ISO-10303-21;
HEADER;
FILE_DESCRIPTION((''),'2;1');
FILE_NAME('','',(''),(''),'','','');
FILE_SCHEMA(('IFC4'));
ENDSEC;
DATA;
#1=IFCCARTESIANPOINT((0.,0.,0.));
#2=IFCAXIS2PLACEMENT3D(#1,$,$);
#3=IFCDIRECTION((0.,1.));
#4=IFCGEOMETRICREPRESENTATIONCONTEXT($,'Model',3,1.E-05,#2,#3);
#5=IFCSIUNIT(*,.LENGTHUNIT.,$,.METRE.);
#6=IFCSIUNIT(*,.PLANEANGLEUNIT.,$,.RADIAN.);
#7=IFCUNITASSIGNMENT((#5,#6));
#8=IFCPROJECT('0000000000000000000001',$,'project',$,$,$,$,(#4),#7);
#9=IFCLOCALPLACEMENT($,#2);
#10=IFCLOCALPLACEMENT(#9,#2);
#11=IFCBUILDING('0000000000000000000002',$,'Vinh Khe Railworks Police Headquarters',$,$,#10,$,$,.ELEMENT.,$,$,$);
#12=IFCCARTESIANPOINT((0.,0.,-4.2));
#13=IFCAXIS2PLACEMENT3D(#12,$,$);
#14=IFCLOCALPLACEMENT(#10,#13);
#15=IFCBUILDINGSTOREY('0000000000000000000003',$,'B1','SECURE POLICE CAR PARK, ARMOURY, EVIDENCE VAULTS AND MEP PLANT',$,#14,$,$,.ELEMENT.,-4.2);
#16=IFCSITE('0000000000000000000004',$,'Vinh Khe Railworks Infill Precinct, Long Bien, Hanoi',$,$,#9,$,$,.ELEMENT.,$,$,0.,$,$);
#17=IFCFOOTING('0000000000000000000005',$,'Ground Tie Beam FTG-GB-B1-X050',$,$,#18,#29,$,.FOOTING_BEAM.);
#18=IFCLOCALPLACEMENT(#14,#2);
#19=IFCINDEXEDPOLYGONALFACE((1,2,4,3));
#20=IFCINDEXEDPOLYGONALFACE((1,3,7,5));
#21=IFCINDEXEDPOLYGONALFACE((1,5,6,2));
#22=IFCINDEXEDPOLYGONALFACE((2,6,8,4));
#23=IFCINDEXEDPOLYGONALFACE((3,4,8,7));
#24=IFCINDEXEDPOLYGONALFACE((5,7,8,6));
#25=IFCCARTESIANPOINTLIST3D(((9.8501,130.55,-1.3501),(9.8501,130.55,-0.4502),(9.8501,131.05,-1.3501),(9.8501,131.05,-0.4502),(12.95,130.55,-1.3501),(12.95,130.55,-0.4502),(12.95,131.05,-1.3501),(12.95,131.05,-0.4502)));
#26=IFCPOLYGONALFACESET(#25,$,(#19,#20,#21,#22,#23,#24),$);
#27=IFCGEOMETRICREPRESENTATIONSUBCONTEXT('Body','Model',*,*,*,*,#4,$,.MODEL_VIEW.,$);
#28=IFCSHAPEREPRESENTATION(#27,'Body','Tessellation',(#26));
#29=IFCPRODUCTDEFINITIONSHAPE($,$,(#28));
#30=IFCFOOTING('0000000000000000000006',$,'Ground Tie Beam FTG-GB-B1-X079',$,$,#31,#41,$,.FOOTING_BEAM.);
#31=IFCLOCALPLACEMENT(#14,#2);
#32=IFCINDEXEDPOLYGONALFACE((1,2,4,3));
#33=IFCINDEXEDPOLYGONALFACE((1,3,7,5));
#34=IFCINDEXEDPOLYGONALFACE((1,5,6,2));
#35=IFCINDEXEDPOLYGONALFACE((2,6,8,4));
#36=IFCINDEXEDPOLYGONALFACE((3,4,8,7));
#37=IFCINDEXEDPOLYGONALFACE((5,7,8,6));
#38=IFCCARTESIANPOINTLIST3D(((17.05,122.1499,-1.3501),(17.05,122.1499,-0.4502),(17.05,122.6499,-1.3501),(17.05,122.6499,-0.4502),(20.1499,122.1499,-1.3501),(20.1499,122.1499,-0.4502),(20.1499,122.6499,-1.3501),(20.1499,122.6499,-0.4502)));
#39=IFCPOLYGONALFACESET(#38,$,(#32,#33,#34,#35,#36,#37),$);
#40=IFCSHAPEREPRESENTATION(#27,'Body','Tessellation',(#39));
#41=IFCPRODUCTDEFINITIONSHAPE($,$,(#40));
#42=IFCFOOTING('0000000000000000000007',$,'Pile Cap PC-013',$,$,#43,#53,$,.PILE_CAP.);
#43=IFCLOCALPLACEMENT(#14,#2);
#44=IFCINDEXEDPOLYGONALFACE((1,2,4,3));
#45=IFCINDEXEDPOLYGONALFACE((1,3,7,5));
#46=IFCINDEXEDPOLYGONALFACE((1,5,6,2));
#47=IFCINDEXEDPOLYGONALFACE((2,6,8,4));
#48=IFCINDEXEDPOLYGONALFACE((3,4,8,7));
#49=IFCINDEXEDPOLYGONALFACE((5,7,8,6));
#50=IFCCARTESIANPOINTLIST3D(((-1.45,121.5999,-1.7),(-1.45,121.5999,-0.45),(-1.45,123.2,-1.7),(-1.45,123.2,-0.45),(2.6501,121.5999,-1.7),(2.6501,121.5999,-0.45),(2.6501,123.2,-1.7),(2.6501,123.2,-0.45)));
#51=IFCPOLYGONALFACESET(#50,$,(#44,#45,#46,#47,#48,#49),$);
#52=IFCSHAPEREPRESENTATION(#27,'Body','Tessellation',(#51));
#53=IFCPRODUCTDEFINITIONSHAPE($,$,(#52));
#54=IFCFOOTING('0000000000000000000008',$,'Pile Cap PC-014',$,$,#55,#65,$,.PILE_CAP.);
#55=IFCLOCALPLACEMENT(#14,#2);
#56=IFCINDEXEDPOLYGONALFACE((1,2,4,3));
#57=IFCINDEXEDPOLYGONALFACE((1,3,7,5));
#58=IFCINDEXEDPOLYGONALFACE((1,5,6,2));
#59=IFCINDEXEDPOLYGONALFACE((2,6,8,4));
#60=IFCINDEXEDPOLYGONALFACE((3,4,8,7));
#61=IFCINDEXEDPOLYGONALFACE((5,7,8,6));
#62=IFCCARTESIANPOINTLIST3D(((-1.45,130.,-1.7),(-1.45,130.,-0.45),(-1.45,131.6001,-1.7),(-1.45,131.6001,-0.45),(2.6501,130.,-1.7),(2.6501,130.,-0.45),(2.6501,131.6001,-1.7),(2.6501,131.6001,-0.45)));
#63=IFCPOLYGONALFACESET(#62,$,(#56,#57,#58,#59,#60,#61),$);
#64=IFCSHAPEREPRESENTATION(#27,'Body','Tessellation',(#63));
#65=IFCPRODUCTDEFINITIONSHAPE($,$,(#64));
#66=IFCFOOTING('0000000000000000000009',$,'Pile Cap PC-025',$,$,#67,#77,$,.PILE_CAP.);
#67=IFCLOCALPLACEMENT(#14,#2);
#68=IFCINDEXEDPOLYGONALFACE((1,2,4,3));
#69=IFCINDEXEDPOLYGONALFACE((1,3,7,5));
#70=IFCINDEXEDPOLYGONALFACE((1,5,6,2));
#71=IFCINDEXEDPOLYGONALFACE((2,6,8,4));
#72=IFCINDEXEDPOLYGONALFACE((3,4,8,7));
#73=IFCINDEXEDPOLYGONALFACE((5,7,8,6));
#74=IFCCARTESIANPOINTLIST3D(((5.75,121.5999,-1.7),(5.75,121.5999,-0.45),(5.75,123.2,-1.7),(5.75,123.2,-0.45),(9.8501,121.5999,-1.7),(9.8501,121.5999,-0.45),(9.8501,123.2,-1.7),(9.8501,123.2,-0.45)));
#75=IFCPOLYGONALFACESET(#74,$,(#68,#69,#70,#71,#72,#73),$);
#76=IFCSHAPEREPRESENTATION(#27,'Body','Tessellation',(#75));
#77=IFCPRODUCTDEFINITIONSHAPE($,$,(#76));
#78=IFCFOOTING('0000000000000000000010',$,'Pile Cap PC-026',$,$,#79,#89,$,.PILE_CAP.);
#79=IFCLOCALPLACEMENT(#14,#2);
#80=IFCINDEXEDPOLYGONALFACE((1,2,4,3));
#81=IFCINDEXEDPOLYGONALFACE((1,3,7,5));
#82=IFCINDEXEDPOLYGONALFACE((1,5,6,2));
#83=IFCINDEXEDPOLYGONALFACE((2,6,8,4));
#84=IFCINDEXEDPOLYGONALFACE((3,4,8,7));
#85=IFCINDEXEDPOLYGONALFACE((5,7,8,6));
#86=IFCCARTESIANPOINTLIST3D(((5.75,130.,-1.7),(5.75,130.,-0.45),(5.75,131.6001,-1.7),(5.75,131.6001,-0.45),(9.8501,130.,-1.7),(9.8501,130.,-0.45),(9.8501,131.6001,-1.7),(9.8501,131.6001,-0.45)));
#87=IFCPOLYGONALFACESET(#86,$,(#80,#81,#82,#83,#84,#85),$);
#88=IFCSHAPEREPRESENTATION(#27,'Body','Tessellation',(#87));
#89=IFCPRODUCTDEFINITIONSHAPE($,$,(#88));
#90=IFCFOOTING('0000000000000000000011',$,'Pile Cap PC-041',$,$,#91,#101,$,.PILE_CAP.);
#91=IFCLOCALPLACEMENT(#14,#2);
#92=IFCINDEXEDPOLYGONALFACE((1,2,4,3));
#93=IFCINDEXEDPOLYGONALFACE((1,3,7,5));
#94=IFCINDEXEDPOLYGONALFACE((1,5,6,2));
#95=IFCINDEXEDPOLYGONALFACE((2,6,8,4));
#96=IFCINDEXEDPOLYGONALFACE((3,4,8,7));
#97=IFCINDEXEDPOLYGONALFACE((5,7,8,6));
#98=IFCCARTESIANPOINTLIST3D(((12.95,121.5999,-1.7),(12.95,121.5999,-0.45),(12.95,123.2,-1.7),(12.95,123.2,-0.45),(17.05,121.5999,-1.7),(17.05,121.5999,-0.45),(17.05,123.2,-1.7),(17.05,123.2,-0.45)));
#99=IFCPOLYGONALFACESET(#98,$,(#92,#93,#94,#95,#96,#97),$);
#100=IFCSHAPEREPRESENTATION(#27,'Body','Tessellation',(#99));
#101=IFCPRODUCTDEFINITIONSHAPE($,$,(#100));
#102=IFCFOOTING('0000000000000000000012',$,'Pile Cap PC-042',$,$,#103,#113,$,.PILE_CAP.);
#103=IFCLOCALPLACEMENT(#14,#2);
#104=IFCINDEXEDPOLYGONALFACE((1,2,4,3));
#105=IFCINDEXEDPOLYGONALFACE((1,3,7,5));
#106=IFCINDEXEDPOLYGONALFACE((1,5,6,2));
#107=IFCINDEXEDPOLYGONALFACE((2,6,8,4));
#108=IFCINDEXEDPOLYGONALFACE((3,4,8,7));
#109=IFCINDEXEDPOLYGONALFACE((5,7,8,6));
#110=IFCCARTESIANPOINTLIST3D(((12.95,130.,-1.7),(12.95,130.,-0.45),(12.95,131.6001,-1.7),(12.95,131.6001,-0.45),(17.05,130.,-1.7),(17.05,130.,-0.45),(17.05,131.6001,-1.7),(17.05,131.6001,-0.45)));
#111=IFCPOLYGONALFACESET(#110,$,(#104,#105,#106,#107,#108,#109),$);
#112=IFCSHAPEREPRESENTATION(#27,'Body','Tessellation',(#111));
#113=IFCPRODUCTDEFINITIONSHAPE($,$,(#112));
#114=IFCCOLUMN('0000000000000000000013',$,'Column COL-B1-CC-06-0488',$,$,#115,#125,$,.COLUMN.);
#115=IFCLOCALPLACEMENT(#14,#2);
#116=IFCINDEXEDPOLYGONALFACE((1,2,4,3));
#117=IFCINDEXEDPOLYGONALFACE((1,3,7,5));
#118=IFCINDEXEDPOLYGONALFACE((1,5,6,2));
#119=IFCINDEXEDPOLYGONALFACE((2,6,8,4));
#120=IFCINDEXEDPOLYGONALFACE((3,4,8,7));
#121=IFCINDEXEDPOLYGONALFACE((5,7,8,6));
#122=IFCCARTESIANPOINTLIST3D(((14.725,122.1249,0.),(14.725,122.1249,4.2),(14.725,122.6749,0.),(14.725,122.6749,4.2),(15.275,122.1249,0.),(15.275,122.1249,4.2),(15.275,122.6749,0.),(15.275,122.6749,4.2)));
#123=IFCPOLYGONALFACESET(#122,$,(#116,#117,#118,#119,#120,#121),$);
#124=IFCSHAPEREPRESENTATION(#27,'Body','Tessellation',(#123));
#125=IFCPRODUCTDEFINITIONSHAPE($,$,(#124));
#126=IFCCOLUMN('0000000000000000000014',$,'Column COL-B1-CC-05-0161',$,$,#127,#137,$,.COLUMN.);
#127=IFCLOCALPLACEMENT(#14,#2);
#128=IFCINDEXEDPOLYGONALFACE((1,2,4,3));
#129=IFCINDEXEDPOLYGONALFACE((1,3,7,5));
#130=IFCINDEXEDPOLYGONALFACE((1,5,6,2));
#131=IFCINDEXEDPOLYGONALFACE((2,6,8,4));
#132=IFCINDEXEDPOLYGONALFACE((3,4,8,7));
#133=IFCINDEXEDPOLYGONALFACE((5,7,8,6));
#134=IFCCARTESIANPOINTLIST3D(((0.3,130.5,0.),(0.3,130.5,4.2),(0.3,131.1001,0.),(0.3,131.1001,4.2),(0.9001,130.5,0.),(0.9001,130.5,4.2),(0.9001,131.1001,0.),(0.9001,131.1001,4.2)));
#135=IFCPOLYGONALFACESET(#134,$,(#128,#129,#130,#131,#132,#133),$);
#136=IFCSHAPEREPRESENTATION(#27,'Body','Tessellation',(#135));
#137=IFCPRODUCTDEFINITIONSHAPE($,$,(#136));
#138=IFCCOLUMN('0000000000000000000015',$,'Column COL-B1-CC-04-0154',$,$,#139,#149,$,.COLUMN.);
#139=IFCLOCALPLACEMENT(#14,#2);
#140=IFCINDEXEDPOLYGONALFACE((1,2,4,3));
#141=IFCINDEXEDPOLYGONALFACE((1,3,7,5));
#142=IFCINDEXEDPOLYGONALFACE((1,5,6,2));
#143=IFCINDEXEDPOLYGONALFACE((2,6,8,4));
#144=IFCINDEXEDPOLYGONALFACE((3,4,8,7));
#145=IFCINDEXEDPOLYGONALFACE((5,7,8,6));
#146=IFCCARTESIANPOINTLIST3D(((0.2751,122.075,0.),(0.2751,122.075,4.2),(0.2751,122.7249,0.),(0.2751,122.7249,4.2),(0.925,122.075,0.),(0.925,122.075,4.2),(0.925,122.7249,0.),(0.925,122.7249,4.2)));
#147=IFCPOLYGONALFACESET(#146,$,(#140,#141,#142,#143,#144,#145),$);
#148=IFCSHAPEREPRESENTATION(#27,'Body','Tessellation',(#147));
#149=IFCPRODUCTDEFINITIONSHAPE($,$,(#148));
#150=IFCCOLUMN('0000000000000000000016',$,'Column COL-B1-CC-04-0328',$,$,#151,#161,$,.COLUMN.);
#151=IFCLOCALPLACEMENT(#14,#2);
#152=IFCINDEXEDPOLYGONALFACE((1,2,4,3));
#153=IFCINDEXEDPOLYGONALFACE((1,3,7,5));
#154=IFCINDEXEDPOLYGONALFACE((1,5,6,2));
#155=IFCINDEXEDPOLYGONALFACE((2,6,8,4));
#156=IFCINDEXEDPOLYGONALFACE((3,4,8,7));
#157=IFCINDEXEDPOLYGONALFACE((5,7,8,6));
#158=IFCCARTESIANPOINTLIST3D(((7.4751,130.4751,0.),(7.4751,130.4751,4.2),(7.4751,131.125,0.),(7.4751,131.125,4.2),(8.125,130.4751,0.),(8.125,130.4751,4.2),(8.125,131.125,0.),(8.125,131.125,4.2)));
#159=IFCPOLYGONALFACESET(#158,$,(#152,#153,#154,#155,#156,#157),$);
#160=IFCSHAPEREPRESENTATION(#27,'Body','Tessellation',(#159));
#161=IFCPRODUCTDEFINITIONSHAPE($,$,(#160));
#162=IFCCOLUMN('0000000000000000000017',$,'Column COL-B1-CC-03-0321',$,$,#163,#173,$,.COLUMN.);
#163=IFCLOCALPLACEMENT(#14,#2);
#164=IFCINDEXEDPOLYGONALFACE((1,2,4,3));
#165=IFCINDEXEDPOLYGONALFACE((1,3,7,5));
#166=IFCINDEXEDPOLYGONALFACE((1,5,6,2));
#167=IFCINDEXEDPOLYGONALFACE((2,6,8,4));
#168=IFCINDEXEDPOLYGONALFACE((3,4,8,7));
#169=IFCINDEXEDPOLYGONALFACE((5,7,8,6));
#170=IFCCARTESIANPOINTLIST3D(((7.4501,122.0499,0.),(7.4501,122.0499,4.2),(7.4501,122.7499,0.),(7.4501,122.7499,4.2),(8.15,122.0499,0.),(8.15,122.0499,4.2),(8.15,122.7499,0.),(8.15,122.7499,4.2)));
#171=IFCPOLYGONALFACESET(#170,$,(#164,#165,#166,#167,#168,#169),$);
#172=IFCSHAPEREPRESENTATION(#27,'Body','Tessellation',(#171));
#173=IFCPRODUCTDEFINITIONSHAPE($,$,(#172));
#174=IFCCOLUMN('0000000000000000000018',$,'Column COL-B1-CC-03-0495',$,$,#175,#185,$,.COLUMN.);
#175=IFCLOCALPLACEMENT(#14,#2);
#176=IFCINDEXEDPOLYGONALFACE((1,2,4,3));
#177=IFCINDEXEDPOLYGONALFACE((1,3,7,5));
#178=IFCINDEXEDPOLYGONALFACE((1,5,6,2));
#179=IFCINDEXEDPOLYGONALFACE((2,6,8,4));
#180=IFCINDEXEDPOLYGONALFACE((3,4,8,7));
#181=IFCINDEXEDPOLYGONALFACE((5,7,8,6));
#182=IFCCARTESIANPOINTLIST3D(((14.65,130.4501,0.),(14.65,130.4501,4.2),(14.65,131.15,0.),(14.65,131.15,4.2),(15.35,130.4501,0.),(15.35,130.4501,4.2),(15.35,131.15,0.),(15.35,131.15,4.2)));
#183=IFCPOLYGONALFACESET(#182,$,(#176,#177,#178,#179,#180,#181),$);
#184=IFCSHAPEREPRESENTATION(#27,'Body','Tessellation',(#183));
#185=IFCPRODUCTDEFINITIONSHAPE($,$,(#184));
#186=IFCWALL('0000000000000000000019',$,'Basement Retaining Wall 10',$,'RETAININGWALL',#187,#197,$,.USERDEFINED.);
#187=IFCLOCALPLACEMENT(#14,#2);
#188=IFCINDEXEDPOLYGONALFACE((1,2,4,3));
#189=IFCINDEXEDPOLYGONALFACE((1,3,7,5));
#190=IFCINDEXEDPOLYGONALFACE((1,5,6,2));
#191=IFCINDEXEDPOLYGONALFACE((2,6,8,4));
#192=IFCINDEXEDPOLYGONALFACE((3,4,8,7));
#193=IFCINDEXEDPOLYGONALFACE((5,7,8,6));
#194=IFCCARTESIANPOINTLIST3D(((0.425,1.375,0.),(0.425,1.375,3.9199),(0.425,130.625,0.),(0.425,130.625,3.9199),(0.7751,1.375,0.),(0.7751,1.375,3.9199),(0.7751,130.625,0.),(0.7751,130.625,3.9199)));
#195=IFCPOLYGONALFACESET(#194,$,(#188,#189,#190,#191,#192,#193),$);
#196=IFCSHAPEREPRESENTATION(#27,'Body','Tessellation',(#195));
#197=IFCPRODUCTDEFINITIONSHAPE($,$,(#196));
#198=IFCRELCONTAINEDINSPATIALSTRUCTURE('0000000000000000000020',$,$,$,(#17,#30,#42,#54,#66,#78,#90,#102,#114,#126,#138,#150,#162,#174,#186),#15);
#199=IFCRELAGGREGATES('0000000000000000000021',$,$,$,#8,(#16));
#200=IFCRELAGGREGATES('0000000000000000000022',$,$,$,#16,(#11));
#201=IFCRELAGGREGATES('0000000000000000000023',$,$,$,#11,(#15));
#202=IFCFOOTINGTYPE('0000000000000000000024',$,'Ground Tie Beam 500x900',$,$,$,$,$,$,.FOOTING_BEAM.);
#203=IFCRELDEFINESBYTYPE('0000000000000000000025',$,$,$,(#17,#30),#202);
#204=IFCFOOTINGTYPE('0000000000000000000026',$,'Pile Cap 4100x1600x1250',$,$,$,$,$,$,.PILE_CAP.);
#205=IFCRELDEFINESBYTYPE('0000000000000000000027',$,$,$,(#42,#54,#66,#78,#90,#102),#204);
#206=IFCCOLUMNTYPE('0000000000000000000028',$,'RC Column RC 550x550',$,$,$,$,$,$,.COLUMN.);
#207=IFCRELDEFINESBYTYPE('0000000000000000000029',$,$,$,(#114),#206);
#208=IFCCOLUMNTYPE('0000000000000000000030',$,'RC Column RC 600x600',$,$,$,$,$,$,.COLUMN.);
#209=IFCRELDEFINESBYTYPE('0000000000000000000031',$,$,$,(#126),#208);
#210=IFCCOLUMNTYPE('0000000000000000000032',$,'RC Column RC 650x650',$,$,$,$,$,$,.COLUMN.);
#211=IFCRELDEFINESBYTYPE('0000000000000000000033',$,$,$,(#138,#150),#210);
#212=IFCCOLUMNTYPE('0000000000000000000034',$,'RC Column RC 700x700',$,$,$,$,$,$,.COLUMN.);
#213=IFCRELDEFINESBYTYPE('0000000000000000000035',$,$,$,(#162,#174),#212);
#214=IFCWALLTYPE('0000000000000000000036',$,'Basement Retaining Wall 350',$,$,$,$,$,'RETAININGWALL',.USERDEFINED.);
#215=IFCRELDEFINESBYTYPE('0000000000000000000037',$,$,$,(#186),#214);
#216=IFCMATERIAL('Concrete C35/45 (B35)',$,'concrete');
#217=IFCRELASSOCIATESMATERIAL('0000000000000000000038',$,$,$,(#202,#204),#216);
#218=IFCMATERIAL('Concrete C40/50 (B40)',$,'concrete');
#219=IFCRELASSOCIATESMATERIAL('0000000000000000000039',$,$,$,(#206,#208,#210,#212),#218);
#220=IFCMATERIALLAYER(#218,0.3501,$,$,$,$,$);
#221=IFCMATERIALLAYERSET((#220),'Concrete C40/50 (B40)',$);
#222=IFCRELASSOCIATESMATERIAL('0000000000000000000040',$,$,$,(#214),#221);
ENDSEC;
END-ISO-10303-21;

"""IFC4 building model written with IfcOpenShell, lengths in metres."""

from ifc_helpers import new_model, si_unit, direction, frame, frame_2d, origin, origin_2d, place, context, subcontext, project, spatial, rectangle, extrude, material, layer, layer_set, material_profile, profile_set, type_object, element, save


model = new_model("IFC4")

# Units and contexts
model_context = context("Model", 3, precision=1e-05, world=origin(), true_north=direction((0.0, 1.0)))
body_context = subcontext(model_context, "Body", "Model", "MODEL_VIEW")
ifc_project = project(units=[si_unit("LENGTHUNIT", "METRE"), si_unit("PLANEANGLEUNIT", "RADIAN")], contexts=[model_context])

# Site, building, storey
site_placement = place(None, origin())
site = spatial("IfcSite", under=ifc_project, at=site_placement, Name="Vinh Khe Railworks Infill Precinct, Long Bien, Hanoi", CompositionType="ELEMENT", RefElevation=0.0)
building_placement = place(site_placement, origin())
building = spatial("IfcBuilding", under=site, at=building_placement, Name="Vinh Khe Railworks Police Headquarters", CompositionType="ELEMENT")
storey_placement = place(building_placement, frame((0.0, 0.0, -4.2)))
storey = spatial("IfcBuildingStorey", under=building, at=storey_placement, Name="B1", Description="SECURE POLICE CAR PARK, ARMOURY, EVIDENCE VAULTS AND MEP PLANT", CompositionType="ELEMENT", Elevation=-4.2)

# Shared definitions
ifc_material_1 = material(Name="Concrete C35/45 (B35)", Category="concrete")

# Footings
ifc_material_profile_1 = material_profile(ifc_material_1, rectangle(XDim=0.5, YDim=0.8999, at=origin_2d()), Name="RC 500x900")
ifc_profile_set_1 = profile_set([ifc_material_profile_1], Name="Concrete C35/45 (B35)")
footing_type_1 = type_object("IfcFootingType", Name="Ground Tie Beam 500x900", PredefinedType="FOOTING_BEAM", material=ifc_profile_set_1)
for number, where, z_axis, x_axis, name in (
    (1, (9.8501, 130.8, -0.9001), (1.0, 0.0, 0.0), (0.0, 1.0, 0.0), "Ground Tie Beam FTG-GB-B1-X050"),
    (2, (17.05, 122.3999, -0.9001), (1.0, 0.0, 0.0), (0.0, 1.0, 0.0), "Ground Tie Beam FTG-GB-B1-X079"),
):
    element("IfcFooting", number, at=place(storey_placement, frame(where, z_axis=z_axis, x_axis=x_axis)), inside=storey, type_object=footing_type_1, Name=name, PredefinedType="FOOTING_BEAM", context=body_context, shape_type="SweptSolid", body=[
        extrude(rectangle(XDim=0.5, YDim=0.8999, at=origin_2d()), origin(), (0.0, 0.0, 1.0), 3.0999),
    ])
footing_type_2 = type_object("IfcFootingType", Name="Pile Cap 4100x1600x1250", PredefinedType="PILE_CAP", material=ifc_material_1)
for number, where, z_axis, x_axis, name in (
    (3, (0.6001, 122.3999, -1.7), (0.0, 0.0, 1.0), (1.0, 0.0, 0.0), "Pile Cap PC-013"),
    (4, (0.6001, 130.8, -1.7), (0.0, 0.0, 1.0), (1.0, 0.0, 0.0), "Pile Cap PC-014"),
    (5, (7.8, 122.3999, -1.7), (0.0, 0.0, 1.0), (1.0, 0.0, 0.0), "Pile Cap PC-025"),
    (6, (7.8, 130.8, -1.7), (0.0, 0.0, 1.0), (1.0, 0.0, 0.0), "Pile Cap PC-026"),
    (7, (15.0, 122.3999, -1.7), (0.0, 0.0, 1.0), (1.0, 0.0, 0.0), "Pile Cap PC-041"),
    (8, (15.0, 130.8, -1.7), (0.0, 0.0, 1.0), (1.0, 0.0, 0.0), "Pile Cap PC-042"),
):
    element("IfcFooting", number, at=place(storey_placement, frame(where, z_axis=z_axis, x_axis=x_axis)), inside=storey, type_object=footing_type_2, Name=name, PredefinedType="PILE_CAP", context=body_context, shape_type="SweptSolid", body=[
        extrude(rectangle(XDim=4.1001, YDim=1.6001, at=origin_2d()), origin(), (0.0, 0.0, 1.0), 1.25),
    ])

# Columns
ifc_material_2 = material(Name="Concrete C40/50 (B40)", Category="concrete")
ifc_material_profile_2 = material_profile(ifc_material_2, rectangle(XDim=0.55, YDim=0.55, at=origin_2d()), Name="RC 550x550")
ifc_profile_set_2 = profile_set([ifc_material_profile_2], Name="Concrete C40/50 (B40)")
column_type_1 = type_object("IfcColumnType", Name="RC Column RC 550x550", PredefinedType="COLUMN", material=ifc_profile_set_2)
column_1_placement = place(storey_placement, frame((15.0, 122.3999, 0.0), z_axis=(0.0, 0.0, 1.0), x_axis=(1.0, 0.0, 0.0)))
element("IfcColumn", 9, at=column_1_placement, inside=storey, type_object=column_type_1, Name="Column COL-B1-CC-06-0488", PredefinedType="COLUMN", context=body_context, shape_type="SweptSolid", body=[
    extrude(rectangle(XDim=0.55, YDim=0.55, at=origin_2d()), origin(), (0.0, 0.0, 1.0), 4.2),
])
ifc_material_profile_3 = material_profile(ifc_material_2, rectangle(XDim=0.6001, YDim=0.6001, at=origin_2d()), Name="RC 600x600")
ifc_profile_set_3 = profile_set([ifc_material_profile_3], Name="Concrete C40/50 (B40)")
column_type_2 = type_object("IfcColumnType", Name="RC Column RC 600x600", PredefinedType="COLUMN", material=ifc_profile_set_3)
column_2_placement = place(storey_placement, frame((0.6001, 130.8, 0.0), z_axis=(0.0, 0.0, 1.0), x_axis=(1.0, 0.0, 0.0)))
element("IfcColumn", 10, at=column_2_placement, inside=storey, type_object=column_type_2, Name="Column COL-B1-CC-05-0161", PredefinedType="COLUMN", context=body_context, shape_type="SweptSolid", body=[
    extrude(rectangle(XDim=0.6001, YDim=0.6001, at=origin_2d()), origin(), (0.0, 0.0, 1.0), 4.2),
])
ifc_material_profile_4 = material_profile(ifc_material_2, rectangle(XDim=0.6499, YDim=0.6499, at=origin_2d()), Name="RC 650x650")
ifc_profile_set_4 = profile_set([ifc_material_profile_4], Name="Concrete C40/50 (B40)")
column_type_3 = type_object("IfcColumnType", Name="RC Column RC 650x650", PredefinedType="COLUMN", material=ifc_profile_set_4)
for number, where, z_axis, x_axis, name in (
    (11, (0.6001, 122.3999, 0.0), (0.0, 0.0, 1.0), (1.0, 0.0, 0.0), "Column COL-B1-CC-04-0154"),
    (12, (7.8, 130.8, 0.0), (0.0, 0.0, 1.0), (1.0, 0.0, 0.0), "Column COL-B1-CC-04-0328"),
):
    element("IfcColumn", number, at=place(storey_placement, frame(where, z_axis=z_axis, x_axis=x_axis)), inside=storey, type_object=column_type_3, Name=name, PredefinedType="COLUMN", context=body_context, shape_type="SweptSolid", body=[
        extrude(rectangle(XDim=0.6499, YDim=0.6499, at=origin_2d()), origin(), (0.0, 0.0, 1.0), 4.2),
    ])
ifc_material_profile_5 = material_profile(ifc_material_2, rectangle(XDim=0.7, YDim=0.7, at=origin_2d()), Name="RC 700x700")
ifc_profile_set_5 = profile_set([ifc_material_profile_5], Name="Concrete C40/50 (B40)")
column_type_4 = type_object("IfcColumnType", Name="RC Column RC 700x700", PredefinedType="COLUMN", material=ifc_profile_set_5)
for number, where, z_axis, x_axis, name in (
    (13, (7.8, 122.3999, 0.0), (0.0, 0.0, 1.0), (1.0, 0.0, 0.0), "Column COL-B1-CC-03-0321"),
    (14, (15.0, 130.8, 0.0), (0.0, 0.0, 1.0), (1.0, 0.0, 0.0), "Column COL-B1-CC-03-0495"),
):
    element("IfcColumn", number, at=place(storey_placement, frame(where, z_axis=z_axis, x_axis=x_axis)), inside=storey, type_object=column_type_4, Name=name, PredefinedType="COLUMN", context=body_context, shape_type="SweptSolid", body=[
        extrude(rectangle(XDim=0.7, YDim=0.7, at=origin_2d()), origin(), (0.0, 0.0, 1.0), 4.2),
    ])

# Wall
ifc_layer = layer(ifc_material_2, 0.3501)
ifc_layer_set = layer_set([ifc_layer], Name="Concrete C40/50 (B40)")
wall_type = type_object("IfcWallType", Name="Basement Retaining Wall 350", ElementType="RETAININGWALL", PredefinedType="USERDEFINED", material=ifc_layer_set)
wall_placement = place(storey_placement, frame((0.6001, 130.625, 0.0), z_axis=(0.0, 0.0, 1.0), x_axis=(0.0, -1.0, 0.0)))
element("IfcWall", 15, at=wall_placement, inside=storey, type_object=wall_type, Name="Basement Retaining Wall 10", ObjectType="RETAININGWALL", PredefinedType="USERDEFINED", context=body_context, shape_type="SweptSolid", body=[
    extrude(rectangle(XDim=129.25, YDim=0.3501, at=frame_2d((64.625, 0.0))), origin(), (0.0, 0.0, 1.0), 3.9199),
])

save(model, "model.ifc")
